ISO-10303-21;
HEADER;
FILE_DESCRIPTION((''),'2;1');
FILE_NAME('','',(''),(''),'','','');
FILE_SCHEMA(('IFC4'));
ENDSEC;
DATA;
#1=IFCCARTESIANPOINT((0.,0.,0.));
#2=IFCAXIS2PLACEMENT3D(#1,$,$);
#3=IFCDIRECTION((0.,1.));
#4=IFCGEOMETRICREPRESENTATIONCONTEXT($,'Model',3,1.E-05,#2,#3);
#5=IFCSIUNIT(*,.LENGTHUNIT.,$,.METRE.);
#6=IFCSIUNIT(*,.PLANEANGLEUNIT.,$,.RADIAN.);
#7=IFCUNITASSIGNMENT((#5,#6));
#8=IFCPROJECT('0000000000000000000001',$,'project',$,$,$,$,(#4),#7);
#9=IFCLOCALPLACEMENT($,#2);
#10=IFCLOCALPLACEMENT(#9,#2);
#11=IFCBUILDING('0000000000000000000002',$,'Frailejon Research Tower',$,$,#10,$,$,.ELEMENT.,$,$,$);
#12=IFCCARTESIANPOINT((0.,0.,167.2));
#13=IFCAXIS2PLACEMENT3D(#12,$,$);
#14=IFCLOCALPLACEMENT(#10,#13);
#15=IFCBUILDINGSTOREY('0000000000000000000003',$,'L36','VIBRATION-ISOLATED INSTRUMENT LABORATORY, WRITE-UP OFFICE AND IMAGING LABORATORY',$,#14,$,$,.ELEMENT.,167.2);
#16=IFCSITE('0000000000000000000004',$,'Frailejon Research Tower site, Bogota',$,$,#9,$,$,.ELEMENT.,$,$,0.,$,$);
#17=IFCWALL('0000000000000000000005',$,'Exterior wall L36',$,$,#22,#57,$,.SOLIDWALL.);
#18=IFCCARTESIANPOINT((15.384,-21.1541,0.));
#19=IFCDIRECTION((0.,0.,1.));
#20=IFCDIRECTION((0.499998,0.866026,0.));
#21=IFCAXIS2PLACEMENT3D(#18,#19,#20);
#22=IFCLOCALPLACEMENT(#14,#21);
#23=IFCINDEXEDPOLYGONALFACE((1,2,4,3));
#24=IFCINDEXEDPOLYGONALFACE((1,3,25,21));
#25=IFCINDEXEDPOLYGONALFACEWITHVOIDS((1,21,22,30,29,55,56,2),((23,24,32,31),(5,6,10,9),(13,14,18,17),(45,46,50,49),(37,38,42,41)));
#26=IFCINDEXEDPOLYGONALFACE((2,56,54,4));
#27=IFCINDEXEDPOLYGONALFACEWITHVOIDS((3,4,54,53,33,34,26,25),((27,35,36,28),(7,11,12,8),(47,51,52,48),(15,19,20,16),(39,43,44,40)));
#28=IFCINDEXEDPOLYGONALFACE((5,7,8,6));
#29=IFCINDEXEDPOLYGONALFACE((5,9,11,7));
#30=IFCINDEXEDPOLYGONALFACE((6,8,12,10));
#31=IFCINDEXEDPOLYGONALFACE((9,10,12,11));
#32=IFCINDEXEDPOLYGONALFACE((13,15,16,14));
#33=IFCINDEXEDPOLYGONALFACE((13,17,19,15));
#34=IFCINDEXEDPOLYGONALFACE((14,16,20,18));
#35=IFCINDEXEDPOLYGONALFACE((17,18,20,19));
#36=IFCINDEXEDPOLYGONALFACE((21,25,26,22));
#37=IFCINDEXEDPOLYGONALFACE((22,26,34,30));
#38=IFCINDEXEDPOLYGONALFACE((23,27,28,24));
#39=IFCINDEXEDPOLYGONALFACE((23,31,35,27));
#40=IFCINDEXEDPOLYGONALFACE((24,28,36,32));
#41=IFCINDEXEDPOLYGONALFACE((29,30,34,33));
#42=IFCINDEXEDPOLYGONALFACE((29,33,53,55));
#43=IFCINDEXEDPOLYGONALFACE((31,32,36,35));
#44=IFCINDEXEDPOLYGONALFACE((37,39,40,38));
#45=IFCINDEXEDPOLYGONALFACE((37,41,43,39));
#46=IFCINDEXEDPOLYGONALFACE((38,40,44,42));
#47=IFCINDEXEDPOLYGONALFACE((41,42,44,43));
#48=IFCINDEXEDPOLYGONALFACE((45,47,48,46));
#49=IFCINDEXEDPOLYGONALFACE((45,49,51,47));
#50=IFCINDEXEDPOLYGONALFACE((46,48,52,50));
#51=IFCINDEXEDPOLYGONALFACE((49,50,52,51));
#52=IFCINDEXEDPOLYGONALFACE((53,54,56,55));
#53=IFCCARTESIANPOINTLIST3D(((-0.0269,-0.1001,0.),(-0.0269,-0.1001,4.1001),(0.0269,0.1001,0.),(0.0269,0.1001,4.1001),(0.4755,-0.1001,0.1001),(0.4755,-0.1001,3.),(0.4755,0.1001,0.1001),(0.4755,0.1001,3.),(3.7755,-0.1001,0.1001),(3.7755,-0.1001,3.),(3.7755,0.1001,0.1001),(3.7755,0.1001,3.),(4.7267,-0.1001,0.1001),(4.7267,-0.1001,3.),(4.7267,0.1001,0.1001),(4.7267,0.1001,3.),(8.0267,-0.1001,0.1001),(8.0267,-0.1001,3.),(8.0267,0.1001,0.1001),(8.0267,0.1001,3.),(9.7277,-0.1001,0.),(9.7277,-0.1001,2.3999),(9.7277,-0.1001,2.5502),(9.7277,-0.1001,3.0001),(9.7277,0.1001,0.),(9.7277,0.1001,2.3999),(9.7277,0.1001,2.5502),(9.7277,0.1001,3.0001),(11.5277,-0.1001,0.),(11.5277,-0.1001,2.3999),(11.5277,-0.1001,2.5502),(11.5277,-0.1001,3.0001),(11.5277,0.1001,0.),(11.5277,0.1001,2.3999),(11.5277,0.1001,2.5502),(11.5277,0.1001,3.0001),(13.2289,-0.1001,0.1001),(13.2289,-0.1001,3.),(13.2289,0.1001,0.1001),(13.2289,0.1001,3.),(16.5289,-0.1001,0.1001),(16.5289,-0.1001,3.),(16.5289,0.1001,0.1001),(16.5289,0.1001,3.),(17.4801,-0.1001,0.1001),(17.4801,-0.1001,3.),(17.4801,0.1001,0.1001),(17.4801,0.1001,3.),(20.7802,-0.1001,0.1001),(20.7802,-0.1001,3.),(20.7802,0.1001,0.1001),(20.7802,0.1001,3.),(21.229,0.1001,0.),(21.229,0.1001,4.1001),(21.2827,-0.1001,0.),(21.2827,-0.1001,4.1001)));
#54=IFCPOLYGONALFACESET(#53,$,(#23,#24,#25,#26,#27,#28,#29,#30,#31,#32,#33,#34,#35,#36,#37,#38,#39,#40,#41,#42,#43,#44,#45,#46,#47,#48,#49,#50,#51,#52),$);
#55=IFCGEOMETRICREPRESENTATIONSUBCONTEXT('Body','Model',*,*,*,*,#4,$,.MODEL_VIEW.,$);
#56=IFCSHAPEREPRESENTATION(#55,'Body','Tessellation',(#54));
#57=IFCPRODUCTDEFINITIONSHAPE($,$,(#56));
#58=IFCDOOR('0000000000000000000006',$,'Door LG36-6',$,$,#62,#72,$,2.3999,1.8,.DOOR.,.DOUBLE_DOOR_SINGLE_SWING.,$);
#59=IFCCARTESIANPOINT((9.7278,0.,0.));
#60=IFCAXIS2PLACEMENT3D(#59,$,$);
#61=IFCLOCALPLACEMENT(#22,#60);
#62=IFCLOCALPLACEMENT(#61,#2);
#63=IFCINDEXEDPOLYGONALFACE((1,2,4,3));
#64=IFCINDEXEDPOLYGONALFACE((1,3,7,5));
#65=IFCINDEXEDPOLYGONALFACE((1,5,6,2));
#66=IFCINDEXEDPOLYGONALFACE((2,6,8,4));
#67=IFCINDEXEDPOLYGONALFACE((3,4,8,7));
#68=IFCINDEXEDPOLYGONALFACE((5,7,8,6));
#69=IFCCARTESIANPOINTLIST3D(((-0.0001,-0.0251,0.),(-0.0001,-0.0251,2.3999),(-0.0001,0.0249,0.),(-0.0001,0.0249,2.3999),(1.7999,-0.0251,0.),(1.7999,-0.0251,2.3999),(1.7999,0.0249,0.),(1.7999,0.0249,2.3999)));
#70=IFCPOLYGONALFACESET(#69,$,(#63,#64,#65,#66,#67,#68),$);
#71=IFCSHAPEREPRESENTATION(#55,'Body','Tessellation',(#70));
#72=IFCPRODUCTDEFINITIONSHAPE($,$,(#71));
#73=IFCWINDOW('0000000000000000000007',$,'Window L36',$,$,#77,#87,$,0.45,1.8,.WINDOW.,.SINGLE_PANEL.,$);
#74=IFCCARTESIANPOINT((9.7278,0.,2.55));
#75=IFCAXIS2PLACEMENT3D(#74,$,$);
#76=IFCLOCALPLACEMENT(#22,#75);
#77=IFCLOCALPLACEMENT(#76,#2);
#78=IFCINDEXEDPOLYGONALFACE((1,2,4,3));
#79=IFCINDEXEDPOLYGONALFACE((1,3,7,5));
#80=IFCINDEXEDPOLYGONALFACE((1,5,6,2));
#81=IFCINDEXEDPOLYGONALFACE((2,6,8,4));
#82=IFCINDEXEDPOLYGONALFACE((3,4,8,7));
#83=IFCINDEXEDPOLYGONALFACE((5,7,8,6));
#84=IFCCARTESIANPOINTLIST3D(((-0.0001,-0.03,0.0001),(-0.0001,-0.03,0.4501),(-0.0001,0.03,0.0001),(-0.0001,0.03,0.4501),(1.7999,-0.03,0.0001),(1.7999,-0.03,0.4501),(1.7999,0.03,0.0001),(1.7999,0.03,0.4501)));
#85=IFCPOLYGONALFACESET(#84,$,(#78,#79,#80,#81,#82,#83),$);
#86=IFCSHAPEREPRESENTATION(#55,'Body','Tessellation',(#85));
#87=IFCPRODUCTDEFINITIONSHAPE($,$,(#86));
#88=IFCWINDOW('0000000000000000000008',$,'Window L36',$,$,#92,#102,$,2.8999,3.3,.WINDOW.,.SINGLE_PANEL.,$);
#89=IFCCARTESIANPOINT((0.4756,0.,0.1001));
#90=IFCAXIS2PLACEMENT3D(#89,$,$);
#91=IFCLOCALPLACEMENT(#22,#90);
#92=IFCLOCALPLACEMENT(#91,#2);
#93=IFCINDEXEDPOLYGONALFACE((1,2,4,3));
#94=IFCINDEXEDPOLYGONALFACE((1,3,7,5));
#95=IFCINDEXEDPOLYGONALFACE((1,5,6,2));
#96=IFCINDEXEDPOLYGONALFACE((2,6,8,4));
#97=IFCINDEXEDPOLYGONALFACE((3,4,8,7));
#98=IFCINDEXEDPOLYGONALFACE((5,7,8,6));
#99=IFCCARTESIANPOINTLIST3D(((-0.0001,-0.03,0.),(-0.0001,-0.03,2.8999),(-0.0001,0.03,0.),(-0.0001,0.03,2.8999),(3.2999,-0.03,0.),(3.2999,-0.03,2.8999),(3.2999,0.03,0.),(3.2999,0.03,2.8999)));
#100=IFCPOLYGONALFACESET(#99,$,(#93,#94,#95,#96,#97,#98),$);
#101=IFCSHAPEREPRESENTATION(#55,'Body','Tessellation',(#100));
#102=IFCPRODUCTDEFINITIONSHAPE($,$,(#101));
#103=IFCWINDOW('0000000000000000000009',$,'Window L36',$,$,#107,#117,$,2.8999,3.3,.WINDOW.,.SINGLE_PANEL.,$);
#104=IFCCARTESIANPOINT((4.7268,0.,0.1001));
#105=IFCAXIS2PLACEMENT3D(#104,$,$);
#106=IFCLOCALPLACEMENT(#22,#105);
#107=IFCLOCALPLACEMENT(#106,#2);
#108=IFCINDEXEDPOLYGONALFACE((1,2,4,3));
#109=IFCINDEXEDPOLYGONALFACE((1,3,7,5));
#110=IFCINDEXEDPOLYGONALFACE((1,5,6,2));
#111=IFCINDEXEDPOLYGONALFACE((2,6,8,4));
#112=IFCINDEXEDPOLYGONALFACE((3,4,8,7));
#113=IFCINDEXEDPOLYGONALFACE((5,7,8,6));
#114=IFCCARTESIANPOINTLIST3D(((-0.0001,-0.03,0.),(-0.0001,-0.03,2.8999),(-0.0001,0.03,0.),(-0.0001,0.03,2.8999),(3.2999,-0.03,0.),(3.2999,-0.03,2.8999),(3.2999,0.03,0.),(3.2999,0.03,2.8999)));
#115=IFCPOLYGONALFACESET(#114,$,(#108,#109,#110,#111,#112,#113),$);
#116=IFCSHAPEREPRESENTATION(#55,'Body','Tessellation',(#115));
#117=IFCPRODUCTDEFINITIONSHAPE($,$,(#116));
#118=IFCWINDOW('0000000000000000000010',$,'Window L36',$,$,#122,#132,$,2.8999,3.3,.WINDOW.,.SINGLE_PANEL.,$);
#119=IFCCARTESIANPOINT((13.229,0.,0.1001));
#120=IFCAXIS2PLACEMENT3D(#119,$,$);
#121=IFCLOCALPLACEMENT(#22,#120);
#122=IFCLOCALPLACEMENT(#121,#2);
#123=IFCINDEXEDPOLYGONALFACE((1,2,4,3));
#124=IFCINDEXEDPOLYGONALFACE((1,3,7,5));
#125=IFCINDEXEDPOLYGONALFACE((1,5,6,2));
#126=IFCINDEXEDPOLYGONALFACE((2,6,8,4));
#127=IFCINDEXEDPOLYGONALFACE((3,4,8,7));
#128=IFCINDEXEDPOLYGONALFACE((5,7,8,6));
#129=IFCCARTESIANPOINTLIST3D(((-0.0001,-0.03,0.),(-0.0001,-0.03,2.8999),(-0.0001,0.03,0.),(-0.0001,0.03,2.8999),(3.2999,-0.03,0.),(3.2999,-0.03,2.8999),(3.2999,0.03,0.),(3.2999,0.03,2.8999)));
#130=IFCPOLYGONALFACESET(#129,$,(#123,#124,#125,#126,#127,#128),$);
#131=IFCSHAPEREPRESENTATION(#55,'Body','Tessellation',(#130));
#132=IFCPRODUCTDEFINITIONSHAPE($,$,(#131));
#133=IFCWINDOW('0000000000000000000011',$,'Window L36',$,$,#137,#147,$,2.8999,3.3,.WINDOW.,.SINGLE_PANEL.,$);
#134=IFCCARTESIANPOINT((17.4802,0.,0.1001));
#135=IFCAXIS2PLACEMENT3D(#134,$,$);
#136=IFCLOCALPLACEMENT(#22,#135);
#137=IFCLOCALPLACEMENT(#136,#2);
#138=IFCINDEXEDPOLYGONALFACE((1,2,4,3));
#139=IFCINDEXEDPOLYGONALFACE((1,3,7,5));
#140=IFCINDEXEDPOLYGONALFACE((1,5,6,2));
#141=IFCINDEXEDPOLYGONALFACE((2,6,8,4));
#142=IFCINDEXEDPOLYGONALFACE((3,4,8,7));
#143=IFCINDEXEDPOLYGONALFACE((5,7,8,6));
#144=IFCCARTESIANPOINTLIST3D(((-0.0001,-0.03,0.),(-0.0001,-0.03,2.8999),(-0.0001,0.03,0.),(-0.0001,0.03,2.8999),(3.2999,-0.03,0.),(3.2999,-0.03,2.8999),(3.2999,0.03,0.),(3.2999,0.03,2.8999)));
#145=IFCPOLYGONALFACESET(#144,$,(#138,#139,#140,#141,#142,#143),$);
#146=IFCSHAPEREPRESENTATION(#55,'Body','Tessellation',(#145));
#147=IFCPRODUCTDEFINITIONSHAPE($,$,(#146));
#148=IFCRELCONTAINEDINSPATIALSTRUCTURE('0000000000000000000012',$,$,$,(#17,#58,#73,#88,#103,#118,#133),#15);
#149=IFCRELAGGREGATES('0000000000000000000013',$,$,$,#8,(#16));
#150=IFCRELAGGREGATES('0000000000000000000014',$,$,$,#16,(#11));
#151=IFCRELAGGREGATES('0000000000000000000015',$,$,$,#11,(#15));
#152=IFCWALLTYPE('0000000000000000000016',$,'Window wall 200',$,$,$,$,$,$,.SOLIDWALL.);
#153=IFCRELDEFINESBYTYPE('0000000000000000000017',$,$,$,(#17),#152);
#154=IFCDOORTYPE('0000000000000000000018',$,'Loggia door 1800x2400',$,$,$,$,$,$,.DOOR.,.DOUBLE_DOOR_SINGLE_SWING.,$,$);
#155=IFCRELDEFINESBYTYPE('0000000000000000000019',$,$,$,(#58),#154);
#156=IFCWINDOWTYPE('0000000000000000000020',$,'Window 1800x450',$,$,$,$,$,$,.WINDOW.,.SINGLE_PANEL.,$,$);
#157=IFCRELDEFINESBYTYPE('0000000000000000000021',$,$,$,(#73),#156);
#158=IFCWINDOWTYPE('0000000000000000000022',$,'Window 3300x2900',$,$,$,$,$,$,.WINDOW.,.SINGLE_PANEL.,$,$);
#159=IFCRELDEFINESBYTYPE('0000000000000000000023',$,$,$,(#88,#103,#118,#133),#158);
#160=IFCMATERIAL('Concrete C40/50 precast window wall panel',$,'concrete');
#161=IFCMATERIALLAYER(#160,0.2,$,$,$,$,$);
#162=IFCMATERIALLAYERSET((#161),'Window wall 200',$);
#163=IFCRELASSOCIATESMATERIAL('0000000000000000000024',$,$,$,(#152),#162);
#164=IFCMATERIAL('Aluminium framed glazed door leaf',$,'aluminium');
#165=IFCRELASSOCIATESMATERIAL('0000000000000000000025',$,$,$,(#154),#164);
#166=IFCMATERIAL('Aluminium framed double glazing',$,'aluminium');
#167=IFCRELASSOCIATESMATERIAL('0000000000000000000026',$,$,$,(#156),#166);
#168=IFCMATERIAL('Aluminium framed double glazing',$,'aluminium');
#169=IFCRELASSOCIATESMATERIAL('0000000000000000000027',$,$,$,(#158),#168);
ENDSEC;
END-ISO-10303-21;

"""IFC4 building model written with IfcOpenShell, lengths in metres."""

from ifc_helpers import new_model, si_unit, direction, frame, frame_2d, origin, place, context, subcontext, project, spatial, polyline, rectangle, outline, extrude, material, layer, layer_set, type_object, element, fill, save


model = new_model("IFC4")

# Units and contexts
model_context = context("Model", 3, precision=1e-05, world=origin(), true_north=direction((0.0, 1.0)))
body_context = subcontext(model_context, "Body", "Model", "MODEL_VIEW")
ifc_project = project(units=[si_unit("LENGTHUNIT", "METRE"), si_unit("PLANEANGLEUNIT", "RADIAN")], contexts=[model_context])

# Site, building, storey
site_placement = place(None, origin())
site = spatial("IfcSite", under=ifc_project, at=site_placement, Name="Frailejon Research Tower site, Bogota", CompositionType="ELEMENT", RefElevation=0.0)
building_placement = place(site_placement, origin())
building = spatial("IfcBuilding", under=site, at=building_placement, Name="Frailejon Research Tower", CompositionType="ELEMENT")
storey_placement = place(building_placement, frame((0.0, 0.0, 167.2)))
storey = spatial("IfcBuildingStorey", under=building, at=storey_placement, Name="L36", Description="VIBRATION-ISOLATED INSTRUMENT LABORATORY, WRITE-UP OFFICE AND IMAGING LABORATORY", CompositionType="ELEMENT", Elevation=167.2)

# Wall, openings, door, windows
ifc_material_1 = material(Name="Concrete C40/50 precast window wall panel", Category="concrete")
ifc_layer_1 = layer(ifc_material_1, 0.2)
ifc_layer_set_1 = layer_set([ifc_layer_1], Name="Window wall 200")
wall_type_1 = type_object("IfcWallType", Name="Window wall 200", PredefinedType="SOLIDWALL", material=ifc_layer_set_1)
wall_1_placement = place(storey_placement, frame((15.384, -21.1541, 0.0), z_axis=(0.0, 0.0, 1.0), x_axis=(0.499998, 0.866026, 0.0)))
wall_1 = element("IfcWall", 1, at=wall_1_placement, inside=storey, type_object=wall_type_1, Name="Exterior wall L36", PredefinedType="SOLIDWALL", context=body_context, shape_type="SweptSolid", body=[
    extrude(outline(polyline([(-0.0269, -0.1001), (0.9878, -0.1001), (2.0027, -0.1001), (3.0173, -0.1001), (4.0322, -0.1001), (5.0469, -0.1001), (6.0615, -0.1001), (7.0764, -0.1001), (8.0911, -0.1001), (9.1057, -0.1001), (10.1206, -0.1001), (11.1353, -0.1001), (12.1501, -0.1001), (13.1648, -0.1001), (14.1794, -0.1001), (15.1943, -0.1001), (16.209, -0.1001), (17.2236, -0.1001), (18.2385, -0.1001), (19.2532, -0.1001), (20.2681, -0.1001), (21.2827, -0.1001), (21.229, 0.1001), (20.2195, 0.1001), (19.2097, 0.1001), (18.2002, 0.1001), (17.1904, 0.1001), (16.1809, 0.1001), (15.1711, 0.1001), (14.1616, 0.1001), (13.1521, 0.1001), (12.1423, 0.1001), (11.1328, 0.1001), (10.123, 0.1001), (9.1135, 0.1001), (8.1038, 0.1001), (7.0942, 0.1001), (6.0847, 0.1001), (5.075, 0.1001), (4.0654, 0.1001), (3.0557, 0.1001), (2.0461, 0.1001), (1.0364, 0.1001), (0.0269, 0.1001), (-0.0269, -0.1001)])), origin(), (0.0, 0.0, 1.0), 4.1001),
])
opening_1_placement = place(wall_1_placement, frame((0.4756, 0.0, 0.1001)))
opening_1 = element("IfcOpeningElement", 2, at=opening_1_placement, cuts=wall_1, PredefinedType="OPENING", context=body_context, shape_type="SweptSolid", body=[
    extrude(rectangle(XDim=3.3, YDim=2.8999, at=frame_2d((1.6499, 1.45))), frame((0.0, 0.1099, 0.0), z_axis=(0.0, -1.0, 0.0), x_axis=(1.0, 0.0, 0.0)), (0.0, 0.0, 1.0), 0.22),
])
opening_2_placement = place(wall_1_placement, frame((4.7268, 0.0, 0.1001)))
opening_2 = element("IfcOpeningElement", 3, at=opening_2_placement, cuts=wall_1, PredefinedType="OPENING", context=body_context, shape_type="SweptSolid", body=[
    extrude(rectangle(XDim=3.3, YDim=2.8999, at=frame_2d((1.6499, 1.45))), frame((0.0, 0.1099, 0.0), z_axis=(0.0, -1.0, 0.0), x_axis=(1.0, 0.0, 0.0)), (0.0, 0.0, 1.0), 0.22),
])
opening_3_placement = place(wall_1_placement, frame((9.7278, 0.0, 0.0)))
opening_3 = element("IfcOpeningElement", 4, at=opening_3_placement, cuts=wall_1, PredefinedType="OPENING", context=body_context, shape_type="SweptSolid", body=[
    extrude(rectangle(XDim=1.8, YDim=2.3999, at=frame_2d((0.8999, 1.2))), frame((0.0, 0.1099, 0.0), z_axis=(0.0, -1.0, 0.0), x_axis=(1.0, 0.0, 0.0)), (0.0, 0.0, 1.0), 0.22),
])
opening_4_placement = place(wall_1_placement, frame((9.7278, 0.0, 2.55)))
opening_4 = element("IfcOpeningElement", 5, at=opening_4_placement, cuts=wall_1, PredefinedType="OPENING", context=body_context, shape_type="SweptSolid", body=[
    extrude(rectangle(XDim=1.8, YDim=0.45, at=frame_2d((0.8999, 0.2251))), frame((0.0, 0.1099, 0.0), z_axis=(0.0, -1.0, 0.0), x_axis=(1.0, 0.0, 0.0)), (0.0, 0.0, 1.0), 0.22),
])
opening_5_placement = place(wall_1_placement, frame((13.229, 0.0, 0.1001)))
opening_5 = element("IfcOpeningElement", 6, at=opening_5_placement, cuts=wall_1, PredefinedType="OPENING", context=body_context, shape_type="SweptSolid", body=[
    extrude(rectangle(XDim=3.3, YDim=2.8999, at=frame_2d((1.6499, 1.45))), frame((0.0, 0.1099, 0.0), z_axis=(0.0, -1.0, 0.0), x_axis=(1.0, 0.0, 0.0)), (0.0, 0.0, 1.0), 0.22),
])
opening_6_placement = place(wall_1_placement, frame((17.4802, 0.0, 0.1001)))
opening_6 = element("IfcOpeningElement", 7, at=opening_6_placement, cuts=wall_1, PredefinedType="OPENING", context=body_context, shape_type="SweptSolid", body=[
    extrude(rectangle(XDim=3.3, YDim=2.8999, at=frame_2d((1.6499, 1.45))), frame((0.0, 0.1099, 0.0), z_axis=(0.0, -1.0, 0.0), x_axis=(1.0, 0.0, 0.0)), (0.0, 0.0, 1.0), 0.22),
])
ifc_material_2 = material(Name="Aluminium framed glazed door leaf", Category="aluminium")
door_type_1 = type_object("IfcDoorType", Name="Loggia door 1800x2400", OperationType="DOUBLE_DOOR_SINGLE_SWING", PredefinedType="DOOR", material=ifc_material_2)
door_1_placement = place(opening_3_placement, origin())
door_1 = element("IfcDoor", 8, at=door_1_placement, inside=storey, type_object=door_type_1, Name="Door LG36-6", OperationType="DOUBLE_DOOR_SINGLE_SWING", OverallHeight=2.3999, OverallWidth=1.8, PredefinedType="DOOR", context=body_context, shape_type="SweptSolid", body=[
    extrude(rectangle(XDim=1.8, YDim=2.3999, at=frame_2d((0.8999, 1.2))), frame((0.0, 0.0249, 0.0), z_axis=(0.0, -1.0, 0.0), x_axis=(1.0, 0.0, 0.0)), (0.0, 0.0, 1.0), 0.05),
])
fill(opening_3, door_1)
ifc_material_3 = material(Name="Aluminium framed double glazing", Category="aluminium")
window_type_1 = type_object("IfcWindowType", Name="Window 1800x450", PartitioningType="SINGLE_PANEL", PredefinedType="WINDOW", material=ifc_material_3)
window_1_placement = place(opening_4_placement, origin())
window_1 = element("IfcWindow", 9, at=window_1_placement, inside=storey, type_object=window_type_1, Name="Window L36", OverallHeight=0.45, OverallWidth=1.8, PartitioningType="SINGLE_PANEL", PredefinedType="WINDOW", context=body_context, shape_type="SweptSolid", body=[
    extrude(rectangle(XDim=1.8, YDim=0.45, at=frame_2d((0.8999, 0.2251))), frame((0.0, 0.03, 0.0), z_axis=(0.0, -1.0, 0.0), x_axis=(1.0, 0.0, 0.0)), (0.0, 0.0, 1.0), 0.0601),
])
fill(opening_4, window_1)
ifc_material_4 = material(Name="Aluminium framed double glazing", Category="aluminium")
window_type_2 = type_object("IfcWindowType", Name="Window 3300x2900", PartitioningType="SINGLE_PANEL", PredefinedType="WINDOW", material=ifc_material_4)
window_2_placement = place(opening_1_placement, origin())
window_2 = element("IfcWindow", 10, at=window_2_placement, inside=storey, type_object=window_type_2, Name="Window L36", OverallHeight=2.8999, OverallWidth=3.3, PartitioningType="SINGLE_PANEL", PredefinedType="WINDOW", context=body_context, shape_type="SweptSolid", body=[
    extrude(rectangle(XDim=3.3, YDim=2.8999, at=frame_2d((1.6499, 1.45))), frame((0.0, 0.03, 0.0), z_axis=(0.0, -1.0, 0.0), x_axis=(1.0, 0.0, 0.0)), (0.0, 0.0, 1.0), 0.0601),
])
fill(opening_1, window_2)
window_3_placement = place(opening_2_placement, origin())
window_3 = element("IfcWindow", 11, at=window_3_placement, inside=storey, type_object=window_type_2, Name="Window L36", OverallHeight=2.8999, OverallWidth=3.3, PartitioningType="SINGLE_PANEL", PredefinedType="WINDOW", context=body_context, shape_type="SweptSolid", body=[
    extrude(rectangle(XDim=3.3, YDim=2.8999, at=frame_2d((1.6499, 1.45))), frame((0.0, 0.03, 0.0), z_axis=(0.0, -1.0, 0.0), x_axis=(1.0, 0.0, 0.0)), (0.0, 0.0, 1.0), 0.0601),
])
fill(opening_2, window_3)
window_4_placement = place(opening_5_placement, origin())
window_4 = element("IfcWindow", 12, at=window_4_placement, inside=storey, type_object=window_type_2, Name="Window L36", OverallHeight=2.8999, OverallWidth=3.3, PartitioningType="SINGLE_PANEL", PredefinedType="WINDOW", context=body_context, shape_type="SweptSolid", body=[
    extrude(rectangle(XDim=3.3, YDim=2.8999, at=frame_2d((1.6499, 1.45))), frame((0.0, 0.03, 0.0), z_axis=(0.0, -1.0, 0.0), x_axis=(1.0, 0.0, 0.0)), (0.0, 0.0, 1.0), 0.0601),
])
fill(opening_5, window_4)
window_5_placement = place(opening_6_placement, origin())
window_5 = element("IfcWindow", 13, at=window_5_placement, inside=storey, type_object=window_type_2, Name="Window L36", OverallHeight=2.8999, OverallWidth=3.3, PartitioningType="SINGLE_PANEL", PredefinedType="WINDOW", context=body_context, shape_type="SweptSolid", body=[
    extrude(rectangle(XDim=3.3, YDim=2.8999, at=frame_2d((1.6499, 1.45))), frame((0.0, 0.03, 0.0), z_axis=(0.0, -1.0, 0.0), x_axis=(1.0, 0.0, 0.0)), (0.0, 0.0, 1.0), 0.0601),
])
fill(opening_6, window_5)

save(model, "model.ifc")
